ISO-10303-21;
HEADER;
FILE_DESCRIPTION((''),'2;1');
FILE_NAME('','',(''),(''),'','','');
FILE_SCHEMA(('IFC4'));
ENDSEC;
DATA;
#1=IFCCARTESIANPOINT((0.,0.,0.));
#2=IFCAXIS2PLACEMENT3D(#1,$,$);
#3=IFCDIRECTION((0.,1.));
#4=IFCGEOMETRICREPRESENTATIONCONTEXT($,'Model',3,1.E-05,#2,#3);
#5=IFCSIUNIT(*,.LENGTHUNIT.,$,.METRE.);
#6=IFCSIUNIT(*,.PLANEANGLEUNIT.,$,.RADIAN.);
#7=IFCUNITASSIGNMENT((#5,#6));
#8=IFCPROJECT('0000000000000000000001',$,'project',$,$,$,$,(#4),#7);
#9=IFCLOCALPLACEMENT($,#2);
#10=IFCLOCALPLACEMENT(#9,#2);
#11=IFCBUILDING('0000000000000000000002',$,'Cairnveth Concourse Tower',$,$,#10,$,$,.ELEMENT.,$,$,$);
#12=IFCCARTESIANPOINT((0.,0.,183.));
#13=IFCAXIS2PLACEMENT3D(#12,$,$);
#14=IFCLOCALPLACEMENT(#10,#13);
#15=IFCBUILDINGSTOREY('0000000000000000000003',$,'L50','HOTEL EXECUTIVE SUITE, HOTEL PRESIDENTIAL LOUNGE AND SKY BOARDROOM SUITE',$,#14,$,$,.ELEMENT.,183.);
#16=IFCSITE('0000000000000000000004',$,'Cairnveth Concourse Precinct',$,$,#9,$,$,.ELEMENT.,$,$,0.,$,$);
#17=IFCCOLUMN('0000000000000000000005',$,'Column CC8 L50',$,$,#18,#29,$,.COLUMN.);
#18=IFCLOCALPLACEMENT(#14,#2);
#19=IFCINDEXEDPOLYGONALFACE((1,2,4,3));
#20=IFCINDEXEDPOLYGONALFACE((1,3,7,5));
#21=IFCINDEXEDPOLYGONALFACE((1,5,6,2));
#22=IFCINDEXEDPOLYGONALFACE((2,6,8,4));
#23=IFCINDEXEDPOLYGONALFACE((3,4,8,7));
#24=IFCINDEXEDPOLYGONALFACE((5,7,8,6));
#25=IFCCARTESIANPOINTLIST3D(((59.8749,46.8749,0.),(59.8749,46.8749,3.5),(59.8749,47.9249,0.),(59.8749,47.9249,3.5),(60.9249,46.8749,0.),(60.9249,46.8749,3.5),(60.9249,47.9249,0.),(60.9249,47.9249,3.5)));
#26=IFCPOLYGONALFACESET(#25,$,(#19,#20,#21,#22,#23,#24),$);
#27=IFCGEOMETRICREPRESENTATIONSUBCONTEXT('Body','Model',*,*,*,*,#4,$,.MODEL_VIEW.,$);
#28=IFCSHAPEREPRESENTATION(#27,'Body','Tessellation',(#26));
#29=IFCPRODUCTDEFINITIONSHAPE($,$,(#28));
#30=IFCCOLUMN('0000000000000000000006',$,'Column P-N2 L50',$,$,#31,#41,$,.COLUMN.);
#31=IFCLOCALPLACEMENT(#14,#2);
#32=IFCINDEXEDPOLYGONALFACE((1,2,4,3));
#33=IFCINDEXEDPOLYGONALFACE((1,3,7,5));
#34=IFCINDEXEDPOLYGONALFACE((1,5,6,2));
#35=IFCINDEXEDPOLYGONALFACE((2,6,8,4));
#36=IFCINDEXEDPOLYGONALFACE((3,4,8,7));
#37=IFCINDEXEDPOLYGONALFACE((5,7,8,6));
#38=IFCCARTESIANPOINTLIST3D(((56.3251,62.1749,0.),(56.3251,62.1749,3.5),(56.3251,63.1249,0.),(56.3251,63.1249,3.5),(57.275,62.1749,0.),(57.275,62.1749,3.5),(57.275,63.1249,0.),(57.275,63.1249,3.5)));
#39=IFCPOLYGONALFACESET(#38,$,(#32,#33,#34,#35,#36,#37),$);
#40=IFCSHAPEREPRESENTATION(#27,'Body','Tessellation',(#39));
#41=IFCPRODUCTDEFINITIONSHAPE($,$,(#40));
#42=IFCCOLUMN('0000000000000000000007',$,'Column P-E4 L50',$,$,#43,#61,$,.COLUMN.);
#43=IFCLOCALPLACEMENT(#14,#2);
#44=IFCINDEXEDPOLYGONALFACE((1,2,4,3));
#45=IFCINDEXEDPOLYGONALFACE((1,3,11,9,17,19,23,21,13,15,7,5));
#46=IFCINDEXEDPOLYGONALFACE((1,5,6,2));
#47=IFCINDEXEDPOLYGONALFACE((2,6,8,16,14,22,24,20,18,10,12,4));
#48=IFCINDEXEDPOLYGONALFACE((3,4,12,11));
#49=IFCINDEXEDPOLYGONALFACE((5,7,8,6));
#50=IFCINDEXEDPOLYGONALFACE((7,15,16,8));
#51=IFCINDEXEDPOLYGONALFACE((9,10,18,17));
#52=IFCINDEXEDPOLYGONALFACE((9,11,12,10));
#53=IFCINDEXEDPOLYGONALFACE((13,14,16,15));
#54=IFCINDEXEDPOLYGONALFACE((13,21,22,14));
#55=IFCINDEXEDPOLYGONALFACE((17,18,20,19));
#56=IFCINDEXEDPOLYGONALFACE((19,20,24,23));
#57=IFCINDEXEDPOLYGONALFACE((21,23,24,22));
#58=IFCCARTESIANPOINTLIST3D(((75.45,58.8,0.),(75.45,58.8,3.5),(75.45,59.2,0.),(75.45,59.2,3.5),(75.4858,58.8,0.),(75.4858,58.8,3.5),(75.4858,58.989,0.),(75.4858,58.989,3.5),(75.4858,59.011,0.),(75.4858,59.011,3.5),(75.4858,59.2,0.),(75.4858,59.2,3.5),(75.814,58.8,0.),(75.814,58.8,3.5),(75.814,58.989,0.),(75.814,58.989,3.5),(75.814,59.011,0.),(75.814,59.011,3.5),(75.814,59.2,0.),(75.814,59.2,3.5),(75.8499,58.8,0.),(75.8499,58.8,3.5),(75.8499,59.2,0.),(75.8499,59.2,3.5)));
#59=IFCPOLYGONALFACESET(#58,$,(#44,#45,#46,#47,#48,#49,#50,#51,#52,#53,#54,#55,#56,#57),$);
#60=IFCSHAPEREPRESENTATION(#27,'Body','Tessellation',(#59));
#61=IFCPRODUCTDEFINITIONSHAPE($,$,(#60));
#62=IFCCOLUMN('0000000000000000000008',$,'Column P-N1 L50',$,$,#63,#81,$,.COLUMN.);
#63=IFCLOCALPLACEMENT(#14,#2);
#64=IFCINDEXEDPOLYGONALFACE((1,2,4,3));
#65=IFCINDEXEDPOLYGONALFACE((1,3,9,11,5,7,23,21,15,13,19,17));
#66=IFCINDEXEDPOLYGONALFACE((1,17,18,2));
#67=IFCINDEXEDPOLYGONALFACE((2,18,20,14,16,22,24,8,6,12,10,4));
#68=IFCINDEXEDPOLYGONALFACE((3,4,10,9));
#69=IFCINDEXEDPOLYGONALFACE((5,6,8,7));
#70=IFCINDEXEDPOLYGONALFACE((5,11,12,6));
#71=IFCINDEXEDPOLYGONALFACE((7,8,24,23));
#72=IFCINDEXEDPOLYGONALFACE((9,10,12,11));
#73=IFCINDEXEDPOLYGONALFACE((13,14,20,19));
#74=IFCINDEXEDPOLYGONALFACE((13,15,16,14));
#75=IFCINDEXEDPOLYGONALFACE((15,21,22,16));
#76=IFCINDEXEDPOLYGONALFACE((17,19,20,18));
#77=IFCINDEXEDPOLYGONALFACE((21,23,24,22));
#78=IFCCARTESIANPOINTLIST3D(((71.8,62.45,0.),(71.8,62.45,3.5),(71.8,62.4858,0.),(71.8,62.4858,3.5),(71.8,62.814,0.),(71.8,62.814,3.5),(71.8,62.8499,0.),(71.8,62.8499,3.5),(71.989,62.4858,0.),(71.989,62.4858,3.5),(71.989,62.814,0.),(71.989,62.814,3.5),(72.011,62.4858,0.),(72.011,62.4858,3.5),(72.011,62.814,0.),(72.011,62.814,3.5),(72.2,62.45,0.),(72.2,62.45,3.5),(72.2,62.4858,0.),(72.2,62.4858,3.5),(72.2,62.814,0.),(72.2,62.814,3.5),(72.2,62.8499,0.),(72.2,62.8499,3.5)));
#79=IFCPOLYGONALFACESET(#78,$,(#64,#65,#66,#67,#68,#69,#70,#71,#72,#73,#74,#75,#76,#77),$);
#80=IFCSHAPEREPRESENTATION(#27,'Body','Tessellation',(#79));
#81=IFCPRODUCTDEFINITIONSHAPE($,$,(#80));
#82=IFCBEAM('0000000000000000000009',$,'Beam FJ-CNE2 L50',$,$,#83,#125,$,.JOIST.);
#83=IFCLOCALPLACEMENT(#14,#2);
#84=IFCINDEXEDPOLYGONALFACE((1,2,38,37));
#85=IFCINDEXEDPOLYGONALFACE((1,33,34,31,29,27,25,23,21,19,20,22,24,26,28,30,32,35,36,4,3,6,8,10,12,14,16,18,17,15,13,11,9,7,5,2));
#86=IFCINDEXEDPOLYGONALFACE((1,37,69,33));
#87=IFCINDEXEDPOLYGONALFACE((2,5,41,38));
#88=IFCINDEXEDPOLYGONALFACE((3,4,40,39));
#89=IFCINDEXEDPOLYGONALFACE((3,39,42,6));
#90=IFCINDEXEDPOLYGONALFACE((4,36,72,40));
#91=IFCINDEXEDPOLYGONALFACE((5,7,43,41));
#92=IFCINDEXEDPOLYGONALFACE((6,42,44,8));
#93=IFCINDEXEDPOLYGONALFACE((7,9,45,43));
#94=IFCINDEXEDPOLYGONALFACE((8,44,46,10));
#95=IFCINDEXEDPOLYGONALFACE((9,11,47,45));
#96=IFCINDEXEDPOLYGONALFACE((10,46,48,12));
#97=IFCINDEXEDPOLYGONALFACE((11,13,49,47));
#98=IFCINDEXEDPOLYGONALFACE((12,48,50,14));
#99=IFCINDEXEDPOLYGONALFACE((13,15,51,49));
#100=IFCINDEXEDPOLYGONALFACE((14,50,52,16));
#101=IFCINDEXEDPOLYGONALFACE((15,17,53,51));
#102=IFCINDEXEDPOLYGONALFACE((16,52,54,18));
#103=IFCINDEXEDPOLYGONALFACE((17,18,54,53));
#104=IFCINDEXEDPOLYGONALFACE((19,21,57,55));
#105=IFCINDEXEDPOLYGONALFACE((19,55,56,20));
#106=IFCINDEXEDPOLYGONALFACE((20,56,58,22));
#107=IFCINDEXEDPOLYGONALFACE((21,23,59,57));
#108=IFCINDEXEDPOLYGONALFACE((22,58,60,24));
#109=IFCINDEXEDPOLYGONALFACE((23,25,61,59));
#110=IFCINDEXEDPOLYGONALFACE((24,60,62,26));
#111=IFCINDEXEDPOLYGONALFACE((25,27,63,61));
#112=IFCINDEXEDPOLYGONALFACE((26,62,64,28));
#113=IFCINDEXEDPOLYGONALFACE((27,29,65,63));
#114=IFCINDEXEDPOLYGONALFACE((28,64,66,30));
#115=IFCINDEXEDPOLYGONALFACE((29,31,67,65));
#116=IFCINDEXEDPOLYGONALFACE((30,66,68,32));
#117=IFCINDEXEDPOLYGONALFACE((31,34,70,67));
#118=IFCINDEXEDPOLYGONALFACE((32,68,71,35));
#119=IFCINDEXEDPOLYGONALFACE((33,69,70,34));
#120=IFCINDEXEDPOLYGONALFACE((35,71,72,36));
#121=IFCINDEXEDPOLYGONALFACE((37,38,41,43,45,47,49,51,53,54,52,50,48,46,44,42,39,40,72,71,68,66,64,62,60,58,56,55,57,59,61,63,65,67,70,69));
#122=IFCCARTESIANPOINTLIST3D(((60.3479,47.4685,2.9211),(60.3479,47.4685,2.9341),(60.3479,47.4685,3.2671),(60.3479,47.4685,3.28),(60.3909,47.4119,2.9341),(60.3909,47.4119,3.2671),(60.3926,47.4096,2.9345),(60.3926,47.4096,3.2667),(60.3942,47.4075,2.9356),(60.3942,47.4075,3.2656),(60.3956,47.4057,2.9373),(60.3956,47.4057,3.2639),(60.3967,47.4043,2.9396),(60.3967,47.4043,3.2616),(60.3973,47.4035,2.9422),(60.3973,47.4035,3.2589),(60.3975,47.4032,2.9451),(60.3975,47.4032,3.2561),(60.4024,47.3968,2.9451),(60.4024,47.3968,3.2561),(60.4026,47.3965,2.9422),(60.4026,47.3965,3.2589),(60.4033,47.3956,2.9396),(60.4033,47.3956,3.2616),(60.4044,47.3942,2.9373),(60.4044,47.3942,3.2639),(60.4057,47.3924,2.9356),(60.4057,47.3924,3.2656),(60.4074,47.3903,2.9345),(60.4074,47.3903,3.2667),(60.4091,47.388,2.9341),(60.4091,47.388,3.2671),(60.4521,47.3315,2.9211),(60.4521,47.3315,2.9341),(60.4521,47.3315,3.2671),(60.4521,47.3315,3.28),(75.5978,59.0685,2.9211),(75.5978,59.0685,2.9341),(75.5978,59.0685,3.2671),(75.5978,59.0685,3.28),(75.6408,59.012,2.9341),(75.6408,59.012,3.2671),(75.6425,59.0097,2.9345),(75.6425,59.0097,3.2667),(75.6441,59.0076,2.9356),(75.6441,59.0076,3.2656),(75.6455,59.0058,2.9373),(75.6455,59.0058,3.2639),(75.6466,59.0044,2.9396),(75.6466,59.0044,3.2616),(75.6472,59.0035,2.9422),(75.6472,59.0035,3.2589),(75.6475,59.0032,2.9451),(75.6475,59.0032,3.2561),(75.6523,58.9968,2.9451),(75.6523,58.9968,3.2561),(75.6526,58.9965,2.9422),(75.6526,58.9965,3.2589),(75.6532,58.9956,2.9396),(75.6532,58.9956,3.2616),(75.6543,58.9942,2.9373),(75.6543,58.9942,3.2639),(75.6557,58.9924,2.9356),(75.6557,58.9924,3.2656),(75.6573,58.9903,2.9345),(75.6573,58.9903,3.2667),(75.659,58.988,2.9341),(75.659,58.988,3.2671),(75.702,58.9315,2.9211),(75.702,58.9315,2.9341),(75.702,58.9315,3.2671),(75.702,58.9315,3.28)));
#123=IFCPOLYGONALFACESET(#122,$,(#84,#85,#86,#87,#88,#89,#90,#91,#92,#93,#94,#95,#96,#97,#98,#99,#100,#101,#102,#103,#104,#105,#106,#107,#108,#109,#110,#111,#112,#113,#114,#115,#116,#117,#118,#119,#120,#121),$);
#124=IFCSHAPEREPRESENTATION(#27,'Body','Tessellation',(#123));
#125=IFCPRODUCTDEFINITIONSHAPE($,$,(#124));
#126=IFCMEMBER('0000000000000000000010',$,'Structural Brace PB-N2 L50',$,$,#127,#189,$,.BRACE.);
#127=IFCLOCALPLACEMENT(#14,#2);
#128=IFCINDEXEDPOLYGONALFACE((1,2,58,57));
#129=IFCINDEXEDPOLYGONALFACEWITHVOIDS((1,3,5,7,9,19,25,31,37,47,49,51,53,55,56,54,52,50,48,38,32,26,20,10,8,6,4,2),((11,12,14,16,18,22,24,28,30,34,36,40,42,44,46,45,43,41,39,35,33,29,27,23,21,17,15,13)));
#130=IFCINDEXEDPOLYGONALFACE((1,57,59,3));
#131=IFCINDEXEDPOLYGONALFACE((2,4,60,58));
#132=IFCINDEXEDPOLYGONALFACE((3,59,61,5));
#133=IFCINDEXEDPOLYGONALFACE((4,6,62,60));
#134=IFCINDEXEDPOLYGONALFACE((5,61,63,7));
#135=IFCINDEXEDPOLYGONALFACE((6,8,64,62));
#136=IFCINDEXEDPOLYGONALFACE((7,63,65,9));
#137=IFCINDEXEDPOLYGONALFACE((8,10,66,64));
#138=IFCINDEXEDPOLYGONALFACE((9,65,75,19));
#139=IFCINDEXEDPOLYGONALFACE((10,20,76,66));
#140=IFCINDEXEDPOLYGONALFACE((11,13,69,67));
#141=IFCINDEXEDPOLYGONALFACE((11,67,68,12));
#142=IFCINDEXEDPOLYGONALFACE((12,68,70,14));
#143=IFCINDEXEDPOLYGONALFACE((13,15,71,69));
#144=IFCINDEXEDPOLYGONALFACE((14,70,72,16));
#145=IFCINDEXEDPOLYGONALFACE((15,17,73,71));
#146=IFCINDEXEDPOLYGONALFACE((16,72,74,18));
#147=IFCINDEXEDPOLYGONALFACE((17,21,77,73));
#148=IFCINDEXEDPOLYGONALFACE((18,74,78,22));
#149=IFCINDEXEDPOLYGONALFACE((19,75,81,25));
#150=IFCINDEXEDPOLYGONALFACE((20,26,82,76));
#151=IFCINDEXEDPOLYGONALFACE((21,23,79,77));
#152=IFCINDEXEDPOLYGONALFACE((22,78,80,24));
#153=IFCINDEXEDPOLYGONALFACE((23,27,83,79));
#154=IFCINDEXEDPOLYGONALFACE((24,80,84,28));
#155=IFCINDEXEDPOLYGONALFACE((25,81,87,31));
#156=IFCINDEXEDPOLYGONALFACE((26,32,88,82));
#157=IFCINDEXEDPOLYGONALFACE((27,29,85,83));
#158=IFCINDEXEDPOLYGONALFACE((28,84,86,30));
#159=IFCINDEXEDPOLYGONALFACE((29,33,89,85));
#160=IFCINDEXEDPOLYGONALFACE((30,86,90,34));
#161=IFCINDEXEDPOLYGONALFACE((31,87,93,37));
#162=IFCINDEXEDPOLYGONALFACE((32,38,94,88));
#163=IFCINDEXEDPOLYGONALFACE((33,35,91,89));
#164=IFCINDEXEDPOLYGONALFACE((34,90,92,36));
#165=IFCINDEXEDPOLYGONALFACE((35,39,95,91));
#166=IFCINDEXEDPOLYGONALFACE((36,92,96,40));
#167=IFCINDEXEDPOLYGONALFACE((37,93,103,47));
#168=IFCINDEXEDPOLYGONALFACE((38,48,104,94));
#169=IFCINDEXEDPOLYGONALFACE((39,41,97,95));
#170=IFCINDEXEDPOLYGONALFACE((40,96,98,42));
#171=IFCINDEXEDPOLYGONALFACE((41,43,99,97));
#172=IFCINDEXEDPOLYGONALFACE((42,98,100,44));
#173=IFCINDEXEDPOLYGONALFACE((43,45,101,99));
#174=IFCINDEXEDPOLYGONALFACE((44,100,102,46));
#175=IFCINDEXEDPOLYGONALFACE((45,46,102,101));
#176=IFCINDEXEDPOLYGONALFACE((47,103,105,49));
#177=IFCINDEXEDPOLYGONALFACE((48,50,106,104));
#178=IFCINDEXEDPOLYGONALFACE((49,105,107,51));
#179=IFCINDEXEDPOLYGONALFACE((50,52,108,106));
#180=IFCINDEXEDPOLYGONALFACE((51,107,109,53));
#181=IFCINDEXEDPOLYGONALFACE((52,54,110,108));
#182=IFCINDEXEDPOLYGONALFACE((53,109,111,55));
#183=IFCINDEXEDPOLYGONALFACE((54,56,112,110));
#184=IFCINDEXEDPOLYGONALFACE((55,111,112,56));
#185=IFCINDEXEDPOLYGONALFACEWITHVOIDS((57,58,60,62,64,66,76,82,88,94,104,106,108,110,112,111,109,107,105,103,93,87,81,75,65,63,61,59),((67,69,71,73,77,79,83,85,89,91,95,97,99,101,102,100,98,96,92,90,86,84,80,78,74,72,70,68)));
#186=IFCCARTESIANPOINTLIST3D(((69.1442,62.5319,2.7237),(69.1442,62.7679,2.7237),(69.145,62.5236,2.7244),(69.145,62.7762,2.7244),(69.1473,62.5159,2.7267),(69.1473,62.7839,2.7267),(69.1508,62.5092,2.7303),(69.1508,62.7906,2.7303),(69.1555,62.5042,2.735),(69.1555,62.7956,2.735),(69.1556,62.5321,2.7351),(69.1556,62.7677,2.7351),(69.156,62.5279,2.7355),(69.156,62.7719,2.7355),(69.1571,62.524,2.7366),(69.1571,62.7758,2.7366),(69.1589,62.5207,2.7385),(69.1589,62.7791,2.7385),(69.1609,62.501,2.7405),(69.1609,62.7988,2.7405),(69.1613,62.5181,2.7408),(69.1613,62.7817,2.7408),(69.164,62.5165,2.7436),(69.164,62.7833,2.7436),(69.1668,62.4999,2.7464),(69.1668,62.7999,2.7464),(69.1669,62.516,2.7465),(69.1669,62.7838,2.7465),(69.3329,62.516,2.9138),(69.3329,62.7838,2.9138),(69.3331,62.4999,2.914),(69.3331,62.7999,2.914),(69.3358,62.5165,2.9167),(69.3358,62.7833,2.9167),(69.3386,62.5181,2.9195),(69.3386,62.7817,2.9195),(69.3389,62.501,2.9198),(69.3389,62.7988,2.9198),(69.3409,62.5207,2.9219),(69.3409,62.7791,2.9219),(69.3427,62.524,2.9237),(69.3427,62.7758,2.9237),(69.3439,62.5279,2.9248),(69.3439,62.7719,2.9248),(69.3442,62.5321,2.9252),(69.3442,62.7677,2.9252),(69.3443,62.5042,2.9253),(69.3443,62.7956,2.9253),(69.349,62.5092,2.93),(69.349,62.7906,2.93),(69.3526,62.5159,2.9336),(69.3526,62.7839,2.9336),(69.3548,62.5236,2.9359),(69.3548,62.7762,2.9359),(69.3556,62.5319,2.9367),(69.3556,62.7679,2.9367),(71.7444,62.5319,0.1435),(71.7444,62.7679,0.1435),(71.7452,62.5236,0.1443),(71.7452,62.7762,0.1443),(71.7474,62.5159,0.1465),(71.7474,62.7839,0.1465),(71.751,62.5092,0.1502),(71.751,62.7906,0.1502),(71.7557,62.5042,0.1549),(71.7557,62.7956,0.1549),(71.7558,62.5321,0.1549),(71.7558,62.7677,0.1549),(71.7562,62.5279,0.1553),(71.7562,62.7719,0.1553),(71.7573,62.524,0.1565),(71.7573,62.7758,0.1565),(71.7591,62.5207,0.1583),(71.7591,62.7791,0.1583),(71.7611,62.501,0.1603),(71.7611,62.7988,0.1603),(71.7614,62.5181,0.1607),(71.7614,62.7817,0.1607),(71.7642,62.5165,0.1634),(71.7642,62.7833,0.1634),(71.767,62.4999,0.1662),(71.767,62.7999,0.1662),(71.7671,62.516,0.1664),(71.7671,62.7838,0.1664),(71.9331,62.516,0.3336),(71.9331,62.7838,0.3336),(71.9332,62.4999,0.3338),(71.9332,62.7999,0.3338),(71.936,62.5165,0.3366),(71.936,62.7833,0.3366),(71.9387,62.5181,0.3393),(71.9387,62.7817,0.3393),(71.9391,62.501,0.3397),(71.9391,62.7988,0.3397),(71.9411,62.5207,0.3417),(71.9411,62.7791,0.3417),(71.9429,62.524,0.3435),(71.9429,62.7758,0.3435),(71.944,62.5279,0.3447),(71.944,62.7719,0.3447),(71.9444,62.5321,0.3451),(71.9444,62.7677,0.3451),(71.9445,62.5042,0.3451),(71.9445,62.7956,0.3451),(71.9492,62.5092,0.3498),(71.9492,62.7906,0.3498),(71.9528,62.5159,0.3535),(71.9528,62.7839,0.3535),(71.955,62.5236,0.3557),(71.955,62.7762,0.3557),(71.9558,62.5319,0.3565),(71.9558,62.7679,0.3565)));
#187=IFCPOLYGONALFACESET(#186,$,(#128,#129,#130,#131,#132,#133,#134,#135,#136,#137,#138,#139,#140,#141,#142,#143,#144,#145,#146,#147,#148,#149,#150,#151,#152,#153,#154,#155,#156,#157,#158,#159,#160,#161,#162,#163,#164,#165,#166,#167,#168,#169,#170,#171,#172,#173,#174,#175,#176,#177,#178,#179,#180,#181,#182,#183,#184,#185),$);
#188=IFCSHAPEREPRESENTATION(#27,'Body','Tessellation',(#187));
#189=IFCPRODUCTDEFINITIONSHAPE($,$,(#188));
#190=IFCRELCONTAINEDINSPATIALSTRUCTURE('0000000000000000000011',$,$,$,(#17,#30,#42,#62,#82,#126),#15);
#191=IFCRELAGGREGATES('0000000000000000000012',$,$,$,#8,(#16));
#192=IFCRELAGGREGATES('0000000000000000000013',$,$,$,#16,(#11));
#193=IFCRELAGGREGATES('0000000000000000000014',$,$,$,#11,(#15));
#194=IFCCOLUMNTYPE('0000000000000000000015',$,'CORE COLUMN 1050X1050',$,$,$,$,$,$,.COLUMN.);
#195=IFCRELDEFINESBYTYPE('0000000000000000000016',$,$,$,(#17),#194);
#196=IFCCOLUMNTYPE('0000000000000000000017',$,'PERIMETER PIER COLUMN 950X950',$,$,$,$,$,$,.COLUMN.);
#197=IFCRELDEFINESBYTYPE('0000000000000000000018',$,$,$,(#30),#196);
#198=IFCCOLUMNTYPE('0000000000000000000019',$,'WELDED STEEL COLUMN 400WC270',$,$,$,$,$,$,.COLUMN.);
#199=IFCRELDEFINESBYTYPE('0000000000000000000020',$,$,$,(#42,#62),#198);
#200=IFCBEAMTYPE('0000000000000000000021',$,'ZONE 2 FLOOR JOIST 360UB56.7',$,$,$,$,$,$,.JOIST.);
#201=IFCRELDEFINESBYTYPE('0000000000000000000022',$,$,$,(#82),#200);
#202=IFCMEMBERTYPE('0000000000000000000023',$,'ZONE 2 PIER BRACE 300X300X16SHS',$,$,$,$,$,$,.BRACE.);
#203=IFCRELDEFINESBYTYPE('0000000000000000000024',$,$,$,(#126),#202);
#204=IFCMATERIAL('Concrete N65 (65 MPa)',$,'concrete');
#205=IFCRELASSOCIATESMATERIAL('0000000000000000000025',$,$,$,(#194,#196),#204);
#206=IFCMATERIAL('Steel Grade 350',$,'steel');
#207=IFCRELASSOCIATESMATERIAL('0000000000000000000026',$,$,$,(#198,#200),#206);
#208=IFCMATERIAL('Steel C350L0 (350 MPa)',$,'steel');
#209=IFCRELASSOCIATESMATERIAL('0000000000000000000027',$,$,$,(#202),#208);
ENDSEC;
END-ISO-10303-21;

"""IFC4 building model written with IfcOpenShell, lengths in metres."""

from ifc_helpers import new_model, si_unit, direction, frame, origin, origin_2d, place, context, subcontext, project, spatial, rectangle, hollow_rectangle, i_section, extrude, material, material_profile, profile_set, type_object, element, save


model = new_model("IFC4")

# Units and contexts
model_context = context("Model", 3, precision=1e-05, world=origin(), true_north=direction((0.0, 1.0)))
body_context = subcontext(model_context, "Body", "Model", "MODEL_VIEW")
ifc_project = project(units=[si_unit("LENGTHUNIT", "METRE"), si_unit("PLANEANGLEUNIT", "RADIAN")], contexts=[model_context])

# Site, building, storey
site_placement = place(None, origin())
site = spatial("IfcSite", under=ifc_project, at=site_placement, Name="Cairnveth Concourse Precinct", CompositionType="ELEMENT", RefElevation=0.0)
building_placement = place(site_placement, origin())
building = spatial("IfcBuilding", under=site, at=building_placement, Name="Cairnveth Concourse Tower", CompositionType="ELEMENT")
storey_placement = place(building_placement, frame((0.0, 0.0, 183.0)))
storey = spatial("IfcBuildingStorey", under=building, at=storey_placement, Name="L50", Description="HOTEL EXECUTIVE SUITE, HOTEL PRESIDENTIAL LOUNGE AND SKY BOARDROOM SUITE", CompositionType="ELEMENT", Elevation=183.0)

# Columns
ifc_material_1 = material(Name="Concrete N65 (65 MPa)", Category="concrete")
ifc_material_profile_1 = material_profile(ifc_material_1, rectangle(XDim=1.05, YDim=1.05, at=origin_2d()), Name="RC-COL-1050x1050")
ifc_profile_set_1 = profile_set([ifc_material_profile_1], Name="Concrete N65 (65 MPa)")
column_type_1 = type_object("IfcColumnType", Name="CORE COLUMN 1050X1050", PredefinedType="COLUMN", material=ifc_profile_set_1)
column_1_placement = place(storey_placement, frame((60.3999, 47.3999, 0.0), z_axis=(0.0, 0.0, 1.0), x_axis=(1.0, 0.0, 0.0)))
element("IfcColumn", 1, at=column_1_placement, inside=storey, type_object=column_type_1, Name="Column CC8 L50", PredefinedType="COLUMN", context=body_context, shape_type="SweptSolid", body=[
    extrude(rectangle(XDim=1.05, YDim=1.05, at=origin_2d()), origin(), (0.0, 0.0, 1.0), 3.5),
])
ifc_material_profile_2 = material_profile(ifc_material_1, rectangle(XDim=0.95, YDim=0.95, at=origin_2d()), Name="RC-COL-950x950")
ifc_profile_set_2 = profile_set([ifc_material_profile_2], Name="Concrete N65 (65 MPa)")
column_type_2 = type_object("IfcColumnType", Name="PERIMETER PIER COLUMN 950X950", PredefinedType="COLUMN", material=ifc_profile_set_2)
column_2_placement = place(storey_placement, frame((56.8, 62.6499, 0.0), z_axis=(0.0, 0.0, 1.0), x_axis=(1.0, 0.0, 0.0)))
element("IfcColumn", 2, at=column_2_placement, inside=storey, type_object=column_type_2, Name="Column P-N2 L50", PredefinedType="COLUMN", context=body_context, shape_type="SweptSolid", body=[
    extrude(rectangle(XDim=0.95, YDim=0.95, at=origin_2d()), origin(), (0.0, 0.0, 1.0), 3.5),
])
ifc_material_2 = material(Name="Steel Grade 350", Category="steel")
ifc_material_profile_3 = material_profile(ifc_material_2, i_section(OverallWidth=0.3999, OverallDepth=0.3999, WebThickness=0.022, FlangeThickness=0.0359, at=origin_2d()), Name="400WC270")
ifc_profile_set_3 = profile_set([ifc_material_profile_3], Name="Steel Grade 350")
column_type_3 = type_object("IfcColumnType", Name="WELDED STEEL COLUMN 400WC270", PredefinedType="COLUMN", material=ifc_profile_set_3)
for number, where, z_axis, x_axis, name in (
    (3, (75.6499, 59.0, 0.0), (0.0, 0.0, 1.0), (0.0, 1.0, 0.0), "Column P-E4 L50"),
    (4, (72.0, 62.6499, 0.0), (0.0, 0.0, 1.0), (1.0, 0.0, 0.0), "Column P-N1 L50"),
):
    element("IfcColumn", number, at=place(storey_placement, frame(where, z_axis=z_axis, x_axis=x_axis)), inside=storey, type_object=column_type_3, Name=name, PredefinedType="COLUMN", context=body_context, shape_type="SweptSolid", body=[
        extrude(i_section(OverallWidth=0.3999, OverallDepth=0.3999, WebThickness=0.022, FlangeThickness=0.0359, at=origin_2d()), origin(), (0.0, 0.0, 1.0), 3.5),
    ])

# Beam
ifc_material_profile_4 = material_profile(ifc_material_2, i_section(OverallWidth=0.1721, OverallDepth=0.3589, WebThickness=0.0081, FlangeThickness=0.0129, FilletRadius=0.011, at=origin_2d()), Name="360UB56.7")
ifc_profile_set_4 = profile_set([ifc_material_profile_4], Name="Steel Grade 350")
beam_type_1 = type_object("IfcBeamType", Name="ZONE 2 FLOOR JOIST 360UB56.7", PredefinedType="JOIST", material=ifc_profile_set_4)
beam_1_placement = place(storey_placement, frame((75.6499, 59.0, 3.1006), z_axis=(-0.795908, -0.605417, 0.0), x_axis=(0.605417, -0.795908, 0.0)))
element("IfcBeam", 5, at=beam_1_placement, inside=storey, type_object=beam_type_1, Name="Beam FJ-CNE2 L50", PredefinedType="JOIST", context=body_context, shape_type="SweptSolid", body=[
    extrude(i_section(OverallWidth=0.1721, OverallDepth=0.3589, WebThickness=0.0081, FlangeThickness=0.0129, FilletRadius=0.011, at=origin_2d()), origin(), (0.0, 0.0, 1.0), 19.1604),
])

# Member
ifc_material_3 = material(Name="Steel C350L0 (350 MPa)", Category="steel")
ifc_material_profile_5 = material_profile(ifc_material_3, hollow_rectangle(XDim=0.3, YDim=0.3, WallThickness=0.0161, InnerFilletRadius=0.0161, OuterFilletRadius=0.032, at=origin_2d()), Name="300x300x16.0SHS")
ifc_profile_set_5 = profile_set([ifc_material_profile_5], Name="Steel C350L0 (350 MPa)")
member_type = type_object("IfcMemberType", Name="ZONE 2 PIER BRACE 300X300X16SHS", PredefinedType="BRACE", material=ifc_profile_set_5)
for number, where, z_axis, x_axis, name in (
    (6, (71.8501, 62.6499, 0.25), (-0.709834, 0.0, 0.704369), (0.0, -1.0, 0.0), "Structural Brace PB-N2 L50"),
):
    element("IfcMember", number, at=place(storey_placement, frame(where, z_axis=z_axis, x_axis=x_axis)), inside=storey, type_object=member_type, Name=name, PredefinedType="BRACE", context=body_context, shape_type="SweptSolid", body=[
        extrude(hollow_rectangle(XDim=0.3, YDim=0.3, WallThickness=0.0161, InnerFilletRadius=0.0161, OuterFilletRadius=0.032, at=origin_2d()), origin(), (0.0, 0.0, 1.0), 3.6631),
    ])

save(model, "model.ifc")
